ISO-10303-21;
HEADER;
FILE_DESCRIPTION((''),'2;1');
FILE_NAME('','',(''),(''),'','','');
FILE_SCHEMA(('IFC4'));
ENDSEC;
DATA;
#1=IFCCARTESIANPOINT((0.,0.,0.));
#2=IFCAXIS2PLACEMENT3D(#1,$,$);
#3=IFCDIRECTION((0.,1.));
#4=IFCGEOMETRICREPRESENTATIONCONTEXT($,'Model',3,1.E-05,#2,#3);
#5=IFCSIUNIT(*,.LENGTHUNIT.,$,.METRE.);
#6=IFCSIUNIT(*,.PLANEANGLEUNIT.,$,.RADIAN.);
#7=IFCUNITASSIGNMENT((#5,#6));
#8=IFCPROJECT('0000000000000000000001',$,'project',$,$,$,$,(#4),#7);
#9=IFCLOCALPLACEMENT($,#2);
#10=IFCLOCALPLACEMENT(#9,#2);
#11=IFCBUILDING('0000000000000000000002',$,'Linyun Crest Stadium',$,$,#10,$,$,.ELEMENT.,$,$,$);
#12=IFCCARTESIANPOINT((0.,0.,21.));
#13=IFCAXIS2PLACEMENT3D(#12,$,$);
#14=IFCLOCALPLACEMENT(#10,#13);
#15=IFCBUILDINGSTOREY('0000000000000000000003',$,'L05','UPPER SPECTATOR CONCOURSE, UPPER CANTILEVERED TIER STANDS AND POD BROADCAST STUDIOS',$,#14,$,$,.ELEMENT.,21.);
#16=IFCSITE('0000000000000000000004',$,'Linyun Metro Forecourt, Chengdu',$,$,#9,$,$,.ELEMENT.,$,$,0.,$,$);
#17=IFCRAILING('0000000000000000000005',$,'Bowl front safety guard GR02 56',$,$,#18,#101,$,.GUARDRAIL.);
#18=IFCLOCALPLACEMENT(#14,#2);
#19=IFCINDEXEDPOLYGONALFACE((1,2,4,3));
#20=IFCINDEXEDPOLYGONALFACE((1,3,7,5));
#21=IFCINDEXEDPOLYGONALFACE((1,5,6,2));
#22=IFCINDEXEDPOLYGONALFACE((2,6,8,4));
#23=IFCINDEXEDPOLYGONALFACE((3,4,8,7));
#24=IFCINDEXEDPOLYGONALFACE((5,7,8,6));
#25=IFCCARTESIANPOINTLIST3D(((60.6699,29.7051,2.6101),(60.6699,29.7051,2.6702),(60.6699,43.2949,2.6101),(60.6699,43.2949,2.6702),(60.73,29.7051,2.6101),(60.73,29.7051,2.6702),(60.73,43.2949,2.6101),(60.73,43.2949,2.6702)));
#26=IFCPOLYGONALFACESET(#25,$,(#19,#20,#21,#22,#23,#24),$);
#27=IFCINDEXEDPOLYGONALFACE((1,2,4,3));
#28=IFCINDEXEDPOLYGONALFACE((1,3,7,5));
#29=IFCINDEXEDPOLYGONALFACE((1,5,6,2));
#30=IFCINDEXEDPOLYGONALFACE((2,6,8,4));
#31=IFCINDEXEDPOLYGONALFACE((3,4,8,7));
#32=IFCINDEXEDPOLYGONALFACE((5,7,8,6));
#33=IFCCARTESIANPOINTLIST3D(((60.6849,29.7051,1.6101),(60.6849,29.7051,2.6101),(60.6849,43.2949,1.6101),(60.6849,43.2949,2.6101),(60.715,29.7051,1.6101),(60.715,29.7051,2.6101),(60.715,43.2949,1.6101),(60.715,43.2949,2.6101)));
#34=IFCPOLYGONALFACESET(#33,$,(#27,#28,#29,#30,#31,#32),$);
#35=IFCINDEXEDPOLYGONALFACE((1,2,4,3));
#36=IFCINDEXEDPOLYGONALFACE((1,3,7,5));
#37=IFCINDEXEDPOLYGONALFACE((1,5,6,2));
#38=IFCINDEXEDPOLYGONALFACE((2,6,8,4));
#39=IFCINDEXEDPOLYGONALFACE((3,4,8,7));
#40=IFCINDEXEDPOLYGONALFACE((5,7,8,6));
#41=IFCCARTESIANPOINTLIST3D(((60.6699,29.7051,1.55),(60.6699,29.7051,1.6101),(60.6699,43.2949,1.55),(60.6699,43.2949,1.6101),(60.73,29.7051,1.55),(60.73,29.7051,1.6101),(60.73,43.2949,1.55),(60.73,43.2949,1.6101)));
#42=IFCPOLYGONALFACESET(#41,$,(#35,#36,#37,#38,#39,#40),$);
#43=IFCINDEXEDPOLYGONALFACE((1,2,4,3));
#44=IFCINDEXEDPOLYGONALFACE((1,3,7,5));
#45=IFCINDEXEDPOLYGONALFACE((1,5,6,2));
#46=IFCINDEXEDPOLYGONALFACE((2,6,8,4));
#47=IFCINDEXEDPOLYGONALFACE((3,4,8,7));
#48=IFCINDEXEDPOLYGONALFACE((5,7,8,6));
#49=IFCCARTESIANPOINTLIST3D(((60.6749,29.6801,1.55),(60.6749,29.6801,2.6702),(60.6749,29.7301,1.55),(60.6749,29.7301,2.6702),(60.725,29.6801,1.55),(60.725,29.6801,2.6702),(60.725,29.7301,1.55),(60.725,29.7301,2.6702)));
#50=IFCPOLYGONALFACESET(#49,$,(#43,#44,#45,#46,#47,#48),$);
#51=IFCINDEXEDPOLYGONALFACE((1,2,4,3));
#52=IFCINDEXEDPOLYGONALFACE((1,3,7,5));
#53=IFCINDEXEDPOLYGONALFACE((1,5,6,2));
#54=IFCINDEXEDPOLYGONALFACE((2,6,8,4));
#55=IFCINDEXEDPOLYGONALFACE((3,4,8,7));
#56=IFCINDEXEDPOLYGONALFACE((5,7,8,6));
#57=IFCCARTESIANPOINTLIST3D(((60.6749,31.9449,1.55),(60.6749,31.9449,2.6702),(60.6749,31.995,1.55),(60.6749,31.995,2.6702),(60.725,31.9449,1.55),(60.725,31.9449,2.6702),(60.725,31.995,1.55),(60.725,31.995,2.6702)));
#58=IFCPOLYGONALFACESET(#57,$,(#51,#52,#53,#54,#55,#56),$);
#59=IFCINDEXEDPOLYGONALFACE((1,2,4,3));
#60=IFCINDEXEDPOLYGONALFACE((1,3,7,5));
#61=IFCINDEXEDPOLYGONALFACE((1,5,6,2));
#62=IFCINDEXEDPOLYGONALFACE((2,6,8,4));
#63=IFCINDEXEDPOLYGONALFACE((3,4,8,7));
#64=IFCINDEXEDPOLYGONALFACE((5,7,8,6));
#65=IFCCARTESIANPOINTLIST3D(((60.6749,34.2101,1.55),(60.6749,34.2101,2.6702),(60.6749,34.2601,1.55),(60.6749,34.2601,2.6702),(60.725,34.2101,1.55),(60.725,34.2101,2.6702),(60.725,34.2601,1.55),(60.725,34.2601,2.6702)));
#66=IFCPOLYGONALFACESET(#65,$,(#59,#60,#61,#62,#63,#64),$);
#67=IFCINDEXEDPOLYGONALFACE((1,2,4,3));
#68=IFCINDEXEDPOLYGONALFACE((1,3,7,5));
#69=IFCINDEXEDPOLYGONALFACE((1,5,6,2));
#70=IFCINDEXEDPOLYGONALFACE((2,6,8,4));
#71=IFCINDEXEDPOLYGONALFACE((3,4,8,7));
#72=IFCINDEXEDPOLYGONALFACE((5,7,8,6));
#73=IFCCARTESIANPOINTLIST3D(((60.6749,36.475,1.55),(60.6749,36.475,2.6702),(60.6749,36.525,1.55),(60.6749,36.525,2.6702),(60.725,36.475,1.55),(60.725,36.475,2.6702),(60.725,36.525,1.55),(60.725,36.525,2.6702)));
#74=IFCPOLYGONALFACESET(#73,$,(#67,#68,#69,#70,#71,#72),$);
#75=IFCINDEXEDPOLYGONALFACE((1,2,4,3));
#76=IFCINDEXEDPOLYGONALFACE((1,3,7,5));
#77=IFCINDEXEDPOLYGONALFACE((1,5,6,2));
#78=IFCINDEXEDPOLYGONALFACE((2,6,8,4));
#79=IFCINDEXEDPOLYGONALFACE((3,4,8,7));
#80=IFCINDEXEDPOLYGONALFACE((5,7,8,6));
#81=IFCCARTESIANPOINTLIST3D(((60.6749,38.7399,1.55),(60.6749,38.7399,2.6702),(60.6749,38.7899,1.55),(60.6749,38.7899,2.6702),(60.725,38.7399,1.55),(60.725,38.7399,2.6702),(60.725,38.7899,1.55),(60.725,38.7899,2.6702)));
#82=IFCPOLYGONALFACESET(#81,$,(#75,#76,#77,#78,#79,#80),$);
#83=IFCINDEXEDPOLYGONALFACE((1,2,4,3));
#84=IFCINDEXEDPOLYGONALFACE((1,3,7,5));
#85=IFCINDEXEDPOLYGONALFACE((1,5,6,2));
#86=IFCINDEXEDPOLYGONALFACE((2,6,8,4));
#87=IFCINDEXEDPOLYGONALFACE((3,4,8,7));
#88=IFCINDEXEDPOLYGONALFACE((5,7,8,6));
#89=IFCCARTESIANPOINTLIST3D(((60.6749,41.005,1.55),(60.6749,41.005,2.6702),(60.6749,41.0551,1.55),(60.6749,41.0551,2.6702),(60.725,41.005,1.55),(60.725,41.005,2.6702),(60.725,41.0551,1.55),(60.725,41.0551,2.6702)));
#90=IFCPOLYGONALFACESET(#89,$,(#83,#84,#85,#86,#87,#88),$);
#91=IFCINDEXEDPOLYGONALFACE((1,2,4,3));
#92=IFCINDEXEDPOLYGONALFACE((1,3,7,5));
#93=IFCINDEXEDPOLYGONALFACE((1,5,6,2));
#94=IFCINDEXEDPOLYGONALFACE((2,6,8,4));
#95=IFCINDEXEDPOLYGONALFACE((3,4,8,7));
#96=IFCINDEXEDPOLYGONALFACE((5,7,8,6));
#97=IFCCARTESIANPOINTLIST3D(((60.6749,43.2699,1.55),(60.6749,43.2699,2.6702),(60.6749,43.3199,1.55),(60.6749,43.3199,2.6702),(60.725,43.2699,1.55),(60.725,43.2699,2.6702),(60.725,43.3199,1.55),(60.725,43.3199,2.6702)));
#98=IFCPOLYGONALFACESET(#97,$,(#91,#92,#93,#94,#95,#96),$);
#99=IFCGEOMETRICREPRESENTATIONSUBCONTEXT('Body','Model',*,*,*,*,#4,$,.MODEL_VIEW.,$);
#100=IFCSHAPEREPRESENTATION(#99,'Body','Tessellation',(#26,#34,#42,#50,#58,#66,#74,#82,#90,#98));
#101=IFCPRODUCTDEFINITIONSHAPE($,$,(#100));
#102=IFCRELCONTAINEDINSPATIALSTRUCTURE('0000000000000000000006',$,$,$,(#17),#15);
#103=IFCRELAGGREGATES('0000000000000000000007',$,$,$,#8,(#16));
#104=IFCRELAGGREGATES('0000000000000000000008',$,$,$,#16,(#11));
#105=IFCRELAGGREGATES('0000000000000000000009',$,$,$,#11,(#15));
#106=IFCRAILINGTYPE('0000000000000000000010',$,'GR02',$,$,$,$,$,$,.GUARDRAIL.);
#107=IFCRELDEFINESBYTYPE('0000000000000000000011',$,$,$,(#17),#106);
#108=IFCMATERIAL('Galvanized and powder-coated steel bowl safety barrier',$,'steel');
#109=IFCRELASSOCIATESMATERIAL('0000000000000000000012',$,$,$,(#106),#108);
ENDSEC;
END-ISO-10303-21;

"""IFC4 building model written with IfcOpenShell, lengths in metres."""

from ifc_helpers import new_model, si_unit, direction, frame, origin, origin_2d, place, context, subcontext, project, spatial, rectangle, extrude, material, type_object, element, save


model = new_model("IFC4")

# Units and contexts
model_context = context("Model", 3, precision=1e-05, world=origin(), true_north=direction((0.0, 1.0)))
body_context = subcontext(model_context, "Body", "Model", "MODEL_VIEW")
ifc_project = project(units=[si_unit("LENGTHUNIT", "METRE"), si_unit("PLANEANGLEUNIT", "RADIAN")], contexts=[model_context])

# Site, building, storey
site_placement = place(None, origin())
site = spatial("IfcSite", under=ifc_project, at=site_placement, Name="Linyun Metro Forecourt, Chengdu", CompositionType="ELEMENT", RefElevation=0.0)
building_placement = place(site_placement, origin())
building = spatial("IfcBuilding", under=site, at=building_placement, Name="Linyun Crest Stadium", CompositionType="ELEMENT")
storey_placement = place(building_placement, frame((0.0, 0.0, 21.0)))
storey = spatial("IfcBuildingStorey", under=building, at=storey_placement, Name="L05", Description="UPPER SPECTATOR CONCOURSE, UPPER CANTILEVERED TIER STANDS AND POD BROADCAST STUDIOS", CompositionType="ELEMENT", Elevation=21.0)

# Railing
ifc_material_1 = material(Name="Galvanized and powder-coated steel bowl safety barrier", Category="steel")
railing_type = type_object("IfcRailingType", Name="GR02", PredefinedType="GUARDRAIL", material=ifc_material_1)
for number, where, name in (
    (1, (60.7, 29.7051, 1.55), "Bowl front safety guard GR02 56"),
):
    element("IfcRailing", number, at=place(storey_placement, frame(where)), inside=storey, type_object=railing_type, Name=name, PredefinedType="GUARDRAIL", context=body_context, shape_type="SweptSolid", body=[
        extrude(rectangle(XDim=0.0601, YDim=0.0601, at=origin_2d()), frame((0.0, 0.0, 1.0901), z_axis=(0.0, 1.0, 0.0), x_axis=(-1.0, 0.0, 0.0)), (0.0, 0.0, 1.0), 13.5898),
        extrude(rectangle(XDim=0.03, YDim=1.0, at=origin_2d()), frame((0.0, 0.0, 0.5601), z_axis=(0.0, 1.0, 0.0), x_axis=(-1.0, 0.0, 0.0)), (0.0, 0.0, 1.0), 13.5898),
        extrude(rectangle(XDim=0.0601, YDim=0.0601, at=origin_2d()), frame((0.0, 0.0, 0.03), z_axis=(0.0, 1.0, 0.0), x_axis=(-1.0, 0.0, 0.0)), (0.0, 0.0, 1.0), 13.5898),
        extrude(rectangle(XDim=0.05, YDim=0.05, at=origin_2d()), origin(), (0.0, 0.0, 1.0), 1.1201),
        extrude(rectangle(XDim=0.05, YDim=0.05, at=origin_2d()), frame((0.0, 2.2649, 0.0)), (0.0, 0.0, 1.0), 1.1201),
        extrude(rectangle(XDim=0.05, YDim=0.05, at=origin_2d()), frame((0.0, 4.53, 0.0)), (0.0, 0.0, 1.0), 1.1201),
        extrude(rectangle(XDim=0.05, YDim=0.05, at=origin_2d()), frame((0.0, 6.7949, 0.0)), (0.0, 0.0, 1.0), 1.1201),
        extrude(rectangle(XDim=0.05, YDim=0.05, at=origin_2d()), frame((0.0, 9.0598, 0.0)), (0.0, 0.0, 1.0), 1.1201),
        extrude(rectangle(XDim=0.05, YDim=0.05, at=origin_2d()), frame((0.0, 11.325, 0.0)), (0.0, 0.0, 1.0), 1.1201),
        extrude(rectangle(XDim=0.05, YDim=0.05, at=origin_2d()), frame((0.0, 13.5898, 0.0)), (0.0, 0.0, 1.0), 1.1201),
    ])

save(model, "model.ifc")
